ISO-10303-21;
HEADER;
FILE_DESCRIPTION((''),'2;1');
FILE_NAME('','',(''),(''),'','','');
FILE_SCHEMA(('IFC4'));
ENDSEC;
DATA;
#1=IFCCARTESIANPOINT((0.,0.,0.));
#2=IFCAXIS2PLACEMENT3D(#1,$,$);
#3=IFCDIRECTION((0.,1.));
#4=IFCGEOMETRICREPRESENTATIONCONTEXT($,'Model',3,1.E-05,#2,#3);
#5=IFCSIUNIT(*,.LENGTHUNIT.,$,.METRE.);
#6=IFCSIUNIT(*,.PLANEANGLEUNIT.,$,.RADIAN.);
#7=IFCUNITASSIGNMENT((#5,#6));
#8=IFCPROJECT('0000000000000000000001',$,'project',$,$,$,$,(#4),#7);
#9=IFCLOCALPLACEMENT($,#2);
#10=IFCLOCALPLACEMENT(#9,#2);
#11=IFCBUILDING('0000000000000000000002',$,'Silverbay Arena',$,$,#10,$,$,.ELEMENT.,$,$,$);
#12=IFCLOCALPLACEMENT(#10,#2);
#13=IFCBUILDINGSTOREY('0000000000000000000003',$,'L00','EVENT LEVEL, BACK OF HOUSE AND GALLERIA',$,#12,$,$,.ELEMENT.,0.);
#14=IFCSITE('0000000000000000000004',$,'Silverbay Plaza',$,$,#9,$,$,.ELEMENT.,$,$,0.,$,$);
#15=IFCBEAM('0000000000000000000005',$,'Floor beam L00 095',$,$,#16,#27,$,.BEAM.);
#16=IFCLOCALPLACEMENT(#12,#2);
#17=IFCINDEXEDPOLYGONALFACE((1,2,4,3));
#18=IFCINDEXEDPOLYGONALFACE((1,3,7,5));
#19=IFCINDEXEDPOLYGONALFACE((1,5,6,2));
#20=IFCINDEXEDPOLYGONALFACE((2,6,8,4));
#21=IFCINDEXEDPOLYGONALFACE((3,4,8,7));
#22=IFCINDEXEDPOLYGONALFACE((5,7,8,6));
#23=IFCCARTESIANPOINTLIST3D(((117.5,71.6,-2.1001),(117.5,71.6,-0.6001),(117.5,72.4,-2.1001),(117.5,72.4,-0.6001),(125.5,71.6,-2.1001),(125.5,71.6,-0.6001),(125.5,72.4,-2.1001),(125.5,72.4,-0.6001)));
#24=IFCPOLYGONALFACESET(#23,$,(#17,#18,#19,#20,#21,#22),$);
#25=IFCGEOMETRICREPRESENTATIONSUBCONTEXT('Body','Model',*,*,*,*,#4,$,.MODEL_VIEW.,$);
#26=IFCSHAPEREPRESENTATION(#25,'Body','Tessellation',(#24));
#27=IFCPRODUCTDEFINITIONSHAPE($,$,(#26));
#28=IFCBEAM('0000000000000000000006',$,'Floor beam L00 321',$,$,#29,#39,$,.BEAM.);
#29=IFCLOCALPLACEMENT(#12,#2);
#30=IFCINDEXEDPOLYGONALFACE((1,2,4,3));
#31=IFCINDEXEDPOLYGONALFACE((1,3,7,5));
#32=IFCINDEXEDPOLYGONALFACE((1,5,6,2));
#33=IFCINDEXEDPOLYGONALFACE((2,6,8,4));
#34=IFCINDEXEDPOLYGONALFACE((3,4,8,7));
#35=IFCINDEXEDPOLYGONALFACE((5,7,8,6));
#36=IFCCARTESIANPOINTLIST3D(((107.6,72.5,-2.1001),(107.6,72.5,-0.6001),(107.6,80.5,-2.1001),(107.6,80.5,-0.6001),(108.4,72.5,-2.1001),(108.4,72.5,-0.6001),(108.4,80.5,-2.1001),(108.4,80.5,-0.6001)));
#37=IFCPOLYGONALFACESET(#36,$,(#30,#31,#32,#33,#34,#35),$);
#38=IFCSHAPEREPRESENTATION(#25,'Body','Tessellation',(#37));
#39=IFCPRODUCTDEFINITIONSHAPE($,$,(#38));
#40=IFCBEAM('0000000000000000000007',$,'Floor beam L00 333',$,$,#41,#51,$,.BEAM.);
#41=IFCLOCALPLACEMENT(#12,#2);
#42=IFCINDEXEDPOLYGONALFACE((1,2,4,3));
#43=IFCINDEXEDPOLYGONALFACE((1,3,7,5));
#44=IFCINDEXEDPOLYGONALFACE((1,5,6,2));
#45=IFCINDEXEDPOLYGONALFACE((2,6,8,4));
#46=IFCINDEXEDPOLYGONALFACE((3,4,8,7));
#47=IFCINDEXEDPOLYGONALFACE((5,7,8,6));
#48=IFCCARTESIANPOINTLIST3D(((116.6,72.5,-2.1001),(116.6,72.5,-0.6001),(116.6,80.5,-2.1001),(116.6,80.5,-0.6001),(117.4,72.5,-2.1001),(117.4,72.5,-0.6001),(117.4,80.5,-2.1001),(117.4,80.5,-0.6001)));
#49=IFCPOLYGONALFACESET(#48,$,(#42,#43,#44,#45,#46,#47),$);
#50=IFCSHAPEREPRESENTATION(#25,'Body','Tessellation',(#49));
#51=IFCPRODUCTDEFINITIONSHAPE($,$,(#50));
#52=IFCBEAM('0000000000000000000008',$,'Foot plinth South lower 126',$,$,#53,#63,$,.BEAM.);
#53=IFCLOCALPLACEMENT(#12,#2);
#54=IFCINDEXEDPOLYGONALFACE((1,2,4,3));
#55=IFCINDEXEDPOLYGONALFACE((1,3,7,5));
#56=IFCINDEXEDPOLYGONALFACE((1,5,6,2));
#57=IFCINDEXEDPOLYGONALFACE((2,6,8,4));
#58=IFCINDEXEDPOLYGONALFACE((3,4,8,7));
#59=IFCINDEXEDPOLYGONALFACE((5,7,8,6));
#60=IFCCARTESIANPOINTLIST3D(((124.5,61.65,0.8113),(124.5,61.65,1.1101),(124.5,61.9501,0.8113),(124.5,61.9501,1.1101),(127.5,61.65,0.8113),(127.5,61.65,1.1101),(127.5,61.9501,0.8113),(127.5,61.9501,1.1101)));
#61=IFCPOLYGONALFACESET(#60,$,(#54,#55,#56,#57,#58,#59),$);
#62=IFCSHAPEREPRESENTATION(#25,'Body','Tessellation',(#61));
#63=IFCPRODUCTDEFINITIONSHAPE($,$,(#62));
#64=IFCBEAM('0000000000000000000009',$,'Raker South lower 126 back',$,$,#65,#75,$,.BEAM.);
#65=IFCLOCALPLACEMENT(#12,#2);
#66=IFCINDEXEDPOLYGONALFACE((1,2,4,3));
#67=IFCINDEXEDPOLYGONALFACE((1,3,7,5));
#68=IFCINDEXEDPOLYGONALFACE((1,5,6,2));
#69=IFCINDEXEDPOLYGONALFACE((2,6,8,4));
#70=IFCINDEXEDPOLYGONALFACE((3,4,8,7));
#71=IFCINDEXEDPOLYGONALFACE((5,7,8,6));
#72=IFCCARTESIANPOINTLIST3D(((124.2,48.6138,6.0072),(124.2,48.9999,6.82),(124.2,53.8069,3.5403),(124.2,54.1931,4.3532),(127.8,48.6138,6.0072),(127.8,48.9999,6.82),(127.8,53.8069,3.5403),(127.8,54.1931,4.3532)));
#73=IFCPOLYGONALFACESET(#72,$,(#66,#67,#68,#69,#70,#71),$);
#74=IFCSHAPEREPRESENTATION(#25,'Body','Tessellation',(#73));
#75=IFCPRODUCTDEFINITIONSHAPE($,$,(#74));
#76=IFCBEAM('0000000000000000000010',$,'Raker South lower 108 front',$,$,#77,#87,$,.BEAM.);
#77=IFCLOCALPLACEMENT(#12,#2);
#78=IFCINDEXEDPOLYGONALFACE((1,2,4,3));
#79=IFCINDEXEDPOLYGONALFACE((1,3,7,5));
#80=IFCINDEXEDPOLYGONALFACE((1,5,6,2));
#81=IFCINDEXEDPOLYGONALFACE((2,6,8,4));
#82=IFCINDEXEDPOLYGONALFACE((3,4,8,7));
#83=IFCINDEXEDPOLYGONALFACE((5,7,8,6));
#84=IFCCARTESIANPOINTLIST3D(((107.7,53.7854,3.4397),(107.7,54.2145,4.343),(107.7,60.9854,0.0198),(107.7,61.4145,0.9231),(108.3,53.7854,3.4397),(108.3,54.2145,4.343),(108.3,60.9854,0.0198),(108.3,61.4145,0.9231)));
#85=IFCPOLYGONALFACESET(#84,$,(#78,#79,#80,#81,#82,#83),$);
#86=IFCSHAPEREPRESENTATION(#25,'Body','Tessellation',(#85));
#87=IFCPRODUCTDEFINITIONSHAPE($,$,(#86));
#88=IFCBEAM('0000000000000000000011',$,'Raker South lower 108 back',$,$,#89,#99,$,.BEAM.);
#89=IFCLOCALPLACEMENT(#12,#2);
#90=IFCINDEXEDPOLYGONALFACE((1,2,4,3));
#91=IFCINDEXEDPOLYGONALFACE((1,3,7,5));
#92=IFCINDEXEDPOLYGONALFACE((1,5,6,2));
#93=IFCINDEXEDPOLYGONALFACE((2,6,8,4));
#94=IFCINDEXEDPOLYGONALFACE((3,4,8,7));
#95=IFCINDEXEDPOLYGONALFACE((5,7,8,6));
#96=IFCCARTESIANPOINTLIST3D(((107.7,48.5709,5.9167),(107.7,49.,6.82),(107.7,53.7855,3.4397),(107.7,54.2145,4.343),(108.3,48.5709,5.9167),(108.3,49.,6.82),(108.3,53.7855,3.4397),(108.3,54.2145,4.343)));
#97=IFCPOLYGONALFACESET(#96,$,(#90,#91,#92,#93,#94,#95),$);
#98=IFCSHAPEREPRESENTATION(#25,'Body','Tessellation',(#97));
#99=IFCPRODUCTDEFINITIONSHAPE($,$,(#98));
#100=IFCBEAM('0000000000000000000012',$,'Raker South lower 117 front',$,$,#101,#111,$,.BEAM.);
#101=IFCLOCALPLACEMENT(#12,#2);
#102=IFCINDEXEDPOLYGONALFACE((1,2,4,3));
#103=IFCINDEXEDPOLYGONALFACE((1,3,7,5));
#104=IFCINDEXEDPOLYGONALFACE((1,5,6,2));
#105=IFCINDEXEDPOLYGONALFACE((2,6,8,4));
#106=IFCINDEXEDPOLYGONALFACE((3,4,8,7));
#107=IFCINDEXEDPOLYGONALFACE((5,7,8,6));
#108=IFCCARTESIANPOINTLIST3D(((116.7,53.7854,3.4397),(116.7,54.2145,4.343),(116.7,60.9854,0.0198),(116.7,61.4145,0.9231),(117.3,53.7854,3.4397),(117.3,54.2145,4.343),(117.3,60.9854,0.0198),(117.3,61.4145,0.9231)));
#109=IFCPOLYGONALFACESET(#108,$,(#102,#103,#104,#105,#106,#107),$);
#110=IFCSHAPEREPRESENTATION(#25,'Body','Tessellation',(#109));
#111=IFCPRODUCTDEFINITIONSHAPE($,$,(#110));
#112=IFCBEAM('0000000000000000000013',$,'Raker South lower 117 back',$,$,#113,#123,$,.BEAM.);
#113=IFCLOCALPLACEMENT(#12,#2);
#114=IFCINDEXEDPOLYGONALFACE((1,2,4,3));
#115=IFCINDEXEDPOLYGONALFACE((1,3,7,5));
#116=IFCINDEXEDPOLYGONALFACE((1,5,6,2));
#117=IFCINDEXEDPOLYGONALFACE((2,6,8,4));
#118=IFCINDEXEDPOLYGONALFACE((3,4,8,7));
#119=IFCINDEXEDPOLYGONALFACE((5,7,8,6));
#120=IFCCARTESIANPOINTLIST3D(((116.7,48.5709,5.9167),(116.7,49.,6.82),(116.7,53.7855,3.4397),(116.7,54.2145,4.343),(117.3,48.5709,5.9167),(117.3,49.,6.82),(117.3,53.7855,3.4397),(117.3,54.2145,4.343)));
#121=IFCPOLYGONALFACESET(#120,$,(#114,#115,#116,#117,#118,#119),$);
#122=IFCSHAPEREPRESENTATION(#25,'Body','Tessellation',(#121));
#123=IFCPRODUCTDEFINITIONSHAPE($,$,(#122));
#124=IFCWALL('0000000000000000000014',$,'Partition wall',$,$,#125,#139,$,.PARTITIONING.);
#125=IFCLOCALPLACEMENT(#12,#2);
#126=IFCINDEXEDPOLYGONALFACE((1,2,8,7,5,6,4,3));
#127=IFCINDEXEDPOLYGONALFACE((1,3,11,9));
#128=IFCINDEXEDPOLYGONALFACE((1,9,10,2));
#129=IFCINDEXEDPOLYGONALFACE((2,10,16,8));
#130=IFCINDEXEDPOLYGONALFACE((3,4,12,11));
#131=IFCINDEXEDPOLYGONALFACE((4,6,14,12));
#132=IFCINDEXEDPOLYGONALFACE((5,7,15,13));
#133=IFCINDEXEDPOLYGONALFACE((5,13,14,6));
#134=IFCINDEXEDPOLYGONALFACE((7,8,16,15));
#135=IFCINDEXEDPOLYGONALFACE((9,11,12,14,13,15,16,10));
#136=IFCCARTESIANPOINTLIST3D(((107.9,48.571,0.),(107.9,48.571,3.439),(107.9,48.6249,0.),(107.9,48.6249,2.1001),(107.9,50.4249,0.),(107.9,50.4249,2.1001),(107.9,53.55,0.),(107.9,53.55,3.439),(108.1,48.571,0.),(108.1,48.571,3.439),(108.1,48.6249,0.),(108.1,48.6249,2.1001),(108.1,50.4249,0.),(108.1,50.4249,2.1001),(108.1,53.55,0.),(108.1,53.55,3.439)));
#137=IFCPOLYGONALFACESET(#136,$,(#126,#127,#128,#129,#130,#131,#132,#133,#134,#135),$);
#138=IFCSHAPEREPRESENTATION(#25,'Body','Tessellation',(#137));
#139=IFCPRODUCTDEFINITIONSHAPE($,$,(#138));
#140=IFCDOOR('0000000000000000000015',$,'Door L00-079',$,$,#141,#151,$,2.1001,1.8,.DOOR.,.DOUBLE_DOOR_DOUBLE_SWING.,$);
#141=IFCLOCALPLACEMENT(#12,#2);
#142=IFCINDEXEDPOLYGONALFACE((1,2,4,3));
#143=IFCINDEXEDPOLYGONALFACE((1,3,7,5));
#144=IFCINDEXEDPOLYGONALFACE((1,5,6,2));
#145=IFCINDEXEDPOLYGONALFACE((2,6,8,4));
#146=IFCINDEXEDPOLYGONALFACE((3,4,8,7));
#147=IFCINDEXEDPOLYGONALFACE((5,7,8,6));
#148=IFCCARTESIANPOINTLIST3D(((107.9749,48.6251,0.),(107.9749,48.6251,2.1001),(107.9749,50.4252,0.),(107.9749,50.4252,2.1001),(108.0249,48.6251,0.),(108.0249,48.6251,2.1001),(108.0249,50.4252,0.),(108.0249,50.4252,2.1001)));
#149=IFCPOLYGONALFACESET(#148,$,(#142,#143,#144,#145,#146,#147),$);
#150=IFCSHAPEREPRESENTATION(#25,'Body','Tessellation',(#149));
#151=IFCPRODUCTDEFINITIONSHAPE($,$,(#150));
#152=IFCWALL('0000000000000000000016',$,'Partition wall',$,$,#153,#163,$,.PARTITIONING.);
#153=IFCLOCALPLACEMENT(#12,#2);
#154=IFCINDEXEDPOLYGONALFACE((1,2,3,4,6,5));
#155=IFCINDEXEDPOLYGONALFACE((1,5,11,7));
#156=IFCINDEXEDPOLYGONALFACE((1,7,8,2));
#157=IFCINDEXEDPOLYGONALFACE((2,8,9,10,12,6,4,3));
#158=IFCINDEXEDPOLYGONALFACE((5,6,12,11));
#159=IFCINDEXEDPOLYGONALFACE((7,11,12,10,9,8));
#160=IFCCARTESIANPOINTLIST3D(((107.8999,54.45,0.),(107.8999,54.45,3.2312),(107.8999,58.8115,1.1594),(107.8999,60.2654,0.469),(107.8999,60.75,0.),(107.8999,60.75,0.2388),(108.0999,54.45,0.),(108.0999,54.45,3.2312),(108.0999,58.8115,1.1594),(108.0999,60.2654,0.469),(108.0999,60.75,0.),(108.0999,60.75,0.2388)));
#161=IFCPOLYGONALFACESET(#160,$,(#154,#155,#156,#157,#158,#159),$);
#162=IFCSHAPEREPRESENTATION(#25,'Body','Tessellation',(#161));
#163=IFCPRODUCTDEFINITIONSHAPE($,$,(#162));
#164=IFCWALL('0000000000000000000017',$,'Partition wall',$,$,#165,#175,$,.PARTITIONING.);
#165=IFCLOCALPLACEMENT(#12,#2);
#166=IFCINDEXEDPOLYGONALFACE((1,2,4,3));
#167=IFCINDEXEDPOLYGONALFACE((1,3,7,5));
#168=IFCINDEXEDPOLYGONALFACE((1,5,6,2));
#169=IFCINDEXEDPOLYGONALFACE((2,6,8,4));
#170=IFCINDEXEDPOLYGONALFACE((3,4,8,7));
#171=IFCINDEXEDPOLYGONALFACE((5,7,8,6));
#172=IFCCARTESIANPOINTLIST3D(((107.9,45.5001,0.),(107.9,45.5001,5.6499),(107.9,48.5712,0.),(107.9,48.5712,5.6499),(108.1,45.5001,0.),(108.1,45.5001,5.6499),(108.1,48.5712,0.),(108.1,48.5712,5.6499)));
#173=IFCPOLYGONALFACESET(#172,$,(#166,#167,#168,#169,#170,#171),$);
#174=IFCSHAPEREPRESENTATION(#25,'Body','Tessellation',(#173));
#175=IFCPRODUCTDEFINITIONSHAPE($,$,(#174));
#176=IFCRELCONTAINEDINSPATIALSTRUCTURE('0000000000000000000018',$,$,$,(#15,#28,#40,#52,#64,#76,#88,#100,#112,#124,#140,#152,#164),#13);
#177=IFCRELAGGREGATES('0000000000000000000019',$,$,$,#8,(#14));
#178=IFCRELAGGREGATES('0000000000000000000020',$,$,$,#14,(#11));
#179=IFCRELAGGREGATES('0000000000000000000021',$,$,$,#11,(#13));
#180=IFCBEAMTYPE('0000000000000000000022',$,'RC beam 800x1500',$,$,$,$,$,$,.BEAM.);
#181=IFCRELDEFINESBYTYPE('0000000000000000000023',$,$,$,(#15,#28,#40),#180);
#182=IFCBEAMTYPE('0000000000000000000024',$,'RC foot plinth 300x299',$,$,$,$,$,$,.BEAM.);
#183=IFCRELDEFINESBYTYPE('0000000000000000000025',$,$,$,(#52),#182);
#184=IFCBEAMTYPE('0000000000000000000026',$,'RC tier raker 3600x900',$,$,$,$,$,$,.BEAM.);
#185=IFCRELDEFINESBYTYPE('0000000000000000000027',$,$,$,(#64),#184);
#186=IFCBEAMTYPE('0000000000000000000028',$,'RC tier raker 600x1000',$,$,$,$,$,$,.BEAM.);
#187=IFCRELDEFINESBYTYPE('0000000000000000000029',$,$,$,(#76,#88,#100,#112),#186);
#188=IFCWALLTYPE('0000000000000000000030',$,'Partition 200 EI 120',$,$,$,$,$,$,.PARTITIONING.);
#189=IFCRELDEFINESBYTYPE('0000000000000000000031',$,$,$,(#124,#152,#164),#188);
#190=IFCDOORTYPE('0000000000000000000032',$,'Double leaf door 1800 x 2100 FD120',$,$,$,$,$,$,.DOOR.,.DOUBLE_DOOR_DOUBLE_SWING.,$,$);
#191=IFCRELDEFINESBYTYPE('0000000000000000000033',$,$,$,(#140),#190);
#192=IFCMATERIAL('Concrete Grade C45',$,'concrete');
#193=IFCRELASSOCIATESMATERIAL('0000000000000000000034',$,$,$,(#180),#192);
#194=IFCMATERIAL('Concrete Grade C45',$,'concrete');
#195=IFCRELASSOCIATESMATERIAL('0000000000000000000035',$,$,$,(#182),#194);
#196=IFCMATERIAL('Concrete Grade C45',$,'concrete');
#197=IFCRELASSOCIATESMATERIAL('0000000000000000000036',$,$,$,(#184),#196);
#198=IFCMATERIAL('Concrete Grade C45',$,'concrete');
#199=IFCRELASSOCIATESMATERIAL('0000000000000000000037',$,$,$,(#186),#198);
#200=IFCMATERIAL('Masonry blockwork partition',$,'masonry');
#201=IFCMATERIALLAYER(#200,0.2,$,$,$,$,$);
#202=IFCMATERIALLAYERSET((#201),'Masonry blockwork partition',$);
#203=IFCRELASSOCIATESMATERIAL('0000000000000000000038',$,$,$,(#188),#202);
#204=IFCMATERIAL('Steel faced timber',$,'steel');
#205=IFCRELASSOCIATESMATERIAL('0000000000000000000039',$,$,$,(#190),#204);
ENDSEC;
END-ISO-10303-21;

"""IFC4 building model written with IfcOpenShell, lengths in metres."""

from ifc_helpers import new_model, si_unit, direction, frame, frame_2d, origin, origin_2d, place, context, subcontext, project, spatial, polyline, rectangle, outline, extrude, material, layer, layer_set, material_profile, profile_set, type_object, element, fill, save


model = new_model("IFC4")

# Units and contexts
model_context = context("Model", 3, precision=1e-05, world=origin(), true_north=direction((0.0, 1.0)))
body_context = subcontext(model_context, "Body", "Model", "MODEL_VIEW")
ifc_project = project(units=[si_unit("LENGTHUNIT", "METRE"), si_unit("PLANEANGLEUNIT", "RADIAN")], contexts=[model_context])

# Site, building, storey
site_placement = place(None, origin())
site = spatial("IfcSite", under=ifc_project, at=site_placement, Name="Silverbay Plaza", CompositionType="ELEMENT", RefElevation=0.0)
building_placement = place(site_placement, origin())
building = spatial("IfcBuilding", under=site, at=building_placement, Name="Silverbay Arena", CompositionType="ELEMENT")
storey_placement = place(building_placement, origin())
storey = spatial("IfcBuildingStorey", under=building, at=storey_placement, Name="L00", Description="EVENT LEVEL, BACK OF HOUSE AND GALLERIA", CompositionType="ELEMENT", Elevation=0.0)

# Beams
ifc_material_1 = material(Name="Concrete Grade C45", Category="concrete")
ifc_material_profile_1 = material_profile(ifc_material_1, rectangle(XDim=0.8, YDim=1.5, at=origin_2d()), Name="RC 800x1500")
ifc_profile_set_1 = profile_set([ifc_material_profile_1], Name="Concrete Grade C45")
beam_type_1 = type_object("IfcBeamType", Name="RC beam 800x1500", PredefinedType="BEAM", material=ifc_profile_set_1)
for number, where, z_axis, x_axis, name in (
    (1, (117.5, 72.0, -1.3501), (1.0, 0.0, 0.0), (0.0, 1.0, 0.0), "Floor beam L00 095"),
    (2, (108.0, 72.5, -1.3501), (0.0, 1.0, 0.0), (-1.0, 0.0, 0.0), "Floor beam L00 321"),
    (3, (117.0, 72.5, -1.3501), (0.0, 1.0, 0.0), (-1.0, 0.0, 0.0), "Floor beam L00 333"),
):
    element("IfcBeam", number, at=place(storey_placement, frame(where, z_axis=z_axis, x_axis=x_axis)), inside=storey, type_object=beam_type_1, Name=name, PredefinedType="BEAM", context=body_context, shape_type="SweptSolid", body=[
        extrude(rectangle(XDim=0.8, YDim=1.5, at=origin_2d()), origin(), (0.0, 0.0, 1.0), 8.0),
    ])
ifc_material_2 = material(Name="Concrete Grade C45", Category="concrete")
ifc_material_profile_2 = material_profile(ifc_material_2, rectangle(XDim=0.3, YDim=0.2988, at=origin_2d()), Name="RC 300x299")
ifc_profile_set_2 = profile_set([ifc_material_profile_2], Name="Concrete Grade C45")
beam_type_2 = type_object("IfcBeamType", Name="RC foot plinth 300x299", PredefinedType="BEAM", material=ifc_profile_set_2)
beam_1_placement = place(storey_placement, frame((124.5, 61.8, 0.9607), z_axis=(1.0, 0.0, 0.0), x_axis=(0.0, 1.0, 0.0)))
element("IfcBeam", 4, at=beam_1_placement, inside=storey, type_object=beam_type_2, Name="Foot plinth South lower 126", PredefinedType="BEAM", context=body_context, shape_type="SweptSolid", body=[
    extrude(rectangle(XDim=0.3, YDim=0.2988, at=origin_2d()), origin(), (0.0, 0.0, 1.0), 3.0),
])
ifc_material_3 = material(Name="Concrete Grade C45", Category="concrete")
ifc_material_profile_3 = material_profile(ifc_material_3, rectangle(XDim=3.6001, YDim=0.8999, at=origin_2d()), Name="RC 3600x900")
ifc_profile_set_3 = profile_set([ifc_material_profile_3], Name="Concrete Grade C45")
beam_type_3 = type_object("IfcBeamType", Name="RC tier raker 3600x900", PredefinedType="BEAM", material=ifc_profile_set_3)
beam_2_placement = place(storey_placement, frame((126.0, 54.0, 3.9468), z_axis=(0.0, -0.903273, 0.429066), x_axis=(1.0, 0.0, 0.0)))
element("IfcBeam", 5, at=beam_2_placement, inside=storey, type_object=beam_type_3, Name="Raker South lower 126 back", PredefinedType="BEAM", context=body_context, shape_type="SweptSolid", body=[
    extrude(rectangle(XDim=3.6001, YDim=0.8999, at=origin_2d()), origin(), (0.0, 0.0, 1.0), 5.7493),
])
ifc_material_4 = material(Name="Concrete Grade C45", Category="concrete")
ifc_material_profile_4 = material_profile(ifc_material_4, rectangle(XDim=0.6001, YDim=1.0, at=origin_2d()), Name="RC 600x1000")
ifc_profile_set_4 = profile_set([ifc_material_profile_4], Name="Concrete Grade C45")
beam_type_4 = type_object("IfcBeamType", Name="RC tier raker 600x1000", PredefinedType="BEAM", material=ifc_profile_set_4)
beam_3_placement = place(storey_placement, frame((108.0, 61.2, 0.4714), z_axis=(0.0, -0.90328, 0.429051), x_axis=(1.0, 0.0, 0.0)))
element("IfcBeam", 6, at=beam_3_placement, inside=storey, type_object=beam_type_4, Name="Raker South lower 108 front", PredefinedType="BEAM", context=body_context, shape_type="SweptSolid", body=[
    extrude(rectangle(XDim=0.6001, YDim=1.0, at=origin_2d()), origin(), (0.0, 0.0, 1.0), 7.9709),
])
beam_4_placement = place(storey_placement, frame((108.0, 54.0, 3.8914), z_axis=(0.0, -0.90327, 0.429073), x_axis=(1.0, 0.0, 0.0)))
element("IfcBeam", 7, at=beam_4_placement, inside=storey, type_object=beam_type_4, Name="Raker South lower 108 back", PredefinedType="BEAM", context=body_context, shape_type="SweptSolid", body=[
    extrude(rectangle(XDim=0.6001, YDim=1.0, at=origin_2d()), origin(), (0.0, 0.0, 1.0), 5.7729),
])
beam_5_placement = place(storey_placement, frame((117.0, 61.2, 0.4714), z_axis=(0.0, -0.90328, 0.429051), x_axis=(1.0, 0.0, 0.0)))
element("IfcBeam", 8, at=beam_5_placement, inside=storey, type_object=beam_type_4, Name="Raker South lower 117 front", PredefinedType="BEAM", context=body_context, shape_type="SweptSolid", body=[
    extrude(rectangle(XDim=0.6001, YDim=1.0, at=origin_2d()), origin(), (0.0, 0.0, 1.0), 7.9709),
])
beam_6_placement = place(storey_placement, frame((117.0, 54.0, 3.8914), z_axis=(0.0, -0.90327, 0.429073), x_axis=(1.0, 0.0, 0.0)))
element("IfcBeam", 9, at=beam_6_placement, inside=storey, type_object=beam_type_4, Name="Raker South lower 117 back", PredefinedType="BEAM", context=body_context, shape_type="SweptSolid", body=[
    extrude(rectangle(XDim=0.6001, YDim=1.0, at=origin_2d()), origin(), (0.0, 0.0, 1.0), 5.7729),
])

# Wall, opening, door
ifc_material_5 = material(Name="Masonry blockwork partition", Category="masonry")
ifc_layer_1 = layer(ifc_material_5, 0.2)
ifc_layer_set_1 = layer_set([ifc_layer_1], Name="Masonry blockwork partition")
wall_type_1 = type_object("IfcWallType", Name="Partition 200 EI 120", PredefinedType="PARTITIONING", material=ifc_layer_set_1)
wall_1_placement = place(storey_placement, frame((108.0, 48.571, 0.0), z_axis=(0.0, 0.0, 1.0), x_axis=(0.0, 1.0, 0.0)))
wall_1 = element("IfcWall", 10, at=wall_1_placement, inside=storey, type_object=wall_type_1, Name="Partition wall", PredefinedType="PARTITIONING", context=body_context, shape_type="SweptSolid", body=[
    extrude(rectangle(XDim=4.979, YDim=0.2, at=frame_2d((2.4895, 0.0))), origin(), (0.0, 0.0, 1.0), 3.439),
])
opening_placement = place(wall_1_placement, frame((0.054, 0.0, 0.0)))
opening = element("IfcOpeningElement", 11, at=opening_placement, cuts=wall_1, PredefinedType="OPENING", context=body_context, shape_type="SweptSolid", body=[
    extrude(rectangle(XDim=1.8, YDim=2.1001, at=frame_2d((0.8999, 1.05))), frame((0.0, 0.1099, 0.0), z_axis=(0.0, -1.0, 0.0), x_axis=(1.0, 0.0, 0.0)), (0.0, 0.0, 1.0), 0.22),
])
ifc_material_6 = material(Name="Steel faced timber", Category="steel")
door_type = type_object("IfcDoorType", Name="Double leaf door 1800 x 2100 FD120", OperationType="DOUBLE_DOOR_DOUBLE_SWING", PredefinedType="DOOR", material=ifc_material_6)
door_placement = place(opening_placement, frame((1.8, 0.0, 0.0), z_axis=(0.0, 0.0, 1.0), x_axis=(-1.0, 0.0, 0.0)))
door = element("IfcDoor", 12, at=door_placement, inside=storey, type_object=door_type, Name="Door L00-079", OperationType="DOUBLE_DOOR_DOUBLE_SWING", OverallHeight=2.1001, OverallWidth=1.8, PredefinedType="DOOR", context=body_context, shape_type="SweptSolid", body=[
    extrude(rectangle(XDim=1.8, YDim=2.1001, at=frame_2d((0.8999, 1.05))), frame((0.0, 0.0249, 0.0), z_axis=(0.0, -1.0, 0.0), x_axis=(1.0, 0.0, 0.0)), (0.0, 0.0, 1.0), 0.05),
])
fill(opening, door)

# Walls
wall_2_placement = place(storey_placement, frame((108.0, 54.45, 0.0), z_axis=(0.0, 0.0, 1.0), x_axis=(0.0, 1.0, 0.0)))
element("IfcWall", 13, at=wall_2_placement, inside=storey, type_object=wall_type_1, Name="Partition wall", PredefinedType="PARTITIONING", context=body_context, shape_type="SweptSolid", body=[
    extrude(outline(polyline([(0.0, 0.0), (6.3, 0.0), (6.3, 0.2388), (5.8154, 0.469), (4.3616, 1.1594), (0.0, 3.2312), (0.0, 0.0)])), frame((0.0, 0.1001, 0.0), z_axis=(0.0, -1.0, 0.0), x_axis=(1.0, 0.0, 0.0)), (0.0, 0.0, 1.0), 0.2),
])
wall_3_placement = place(storey_placement, frame((108.0, 45.5, 0.0), z_axis=(0.0, 0.0, 1.0), x_axis=(0.0, 1.0, 0.0)))
element("IfcWall", 14, at=wall_3_placement, inside=storey, type_object=wall_type_1, Name="Partition wall", PredefinedType="PARTITIONING", context=body_context, shape_type="SweptSolid", body=[
    extrude(rectangle(XDim=3.071, YDim=0.2, at=frame_2d((1.5356, 0.0))), origin(), (0.0, 0.0, 1.0), 5.6499),
])

save(model, "model.ifc")
